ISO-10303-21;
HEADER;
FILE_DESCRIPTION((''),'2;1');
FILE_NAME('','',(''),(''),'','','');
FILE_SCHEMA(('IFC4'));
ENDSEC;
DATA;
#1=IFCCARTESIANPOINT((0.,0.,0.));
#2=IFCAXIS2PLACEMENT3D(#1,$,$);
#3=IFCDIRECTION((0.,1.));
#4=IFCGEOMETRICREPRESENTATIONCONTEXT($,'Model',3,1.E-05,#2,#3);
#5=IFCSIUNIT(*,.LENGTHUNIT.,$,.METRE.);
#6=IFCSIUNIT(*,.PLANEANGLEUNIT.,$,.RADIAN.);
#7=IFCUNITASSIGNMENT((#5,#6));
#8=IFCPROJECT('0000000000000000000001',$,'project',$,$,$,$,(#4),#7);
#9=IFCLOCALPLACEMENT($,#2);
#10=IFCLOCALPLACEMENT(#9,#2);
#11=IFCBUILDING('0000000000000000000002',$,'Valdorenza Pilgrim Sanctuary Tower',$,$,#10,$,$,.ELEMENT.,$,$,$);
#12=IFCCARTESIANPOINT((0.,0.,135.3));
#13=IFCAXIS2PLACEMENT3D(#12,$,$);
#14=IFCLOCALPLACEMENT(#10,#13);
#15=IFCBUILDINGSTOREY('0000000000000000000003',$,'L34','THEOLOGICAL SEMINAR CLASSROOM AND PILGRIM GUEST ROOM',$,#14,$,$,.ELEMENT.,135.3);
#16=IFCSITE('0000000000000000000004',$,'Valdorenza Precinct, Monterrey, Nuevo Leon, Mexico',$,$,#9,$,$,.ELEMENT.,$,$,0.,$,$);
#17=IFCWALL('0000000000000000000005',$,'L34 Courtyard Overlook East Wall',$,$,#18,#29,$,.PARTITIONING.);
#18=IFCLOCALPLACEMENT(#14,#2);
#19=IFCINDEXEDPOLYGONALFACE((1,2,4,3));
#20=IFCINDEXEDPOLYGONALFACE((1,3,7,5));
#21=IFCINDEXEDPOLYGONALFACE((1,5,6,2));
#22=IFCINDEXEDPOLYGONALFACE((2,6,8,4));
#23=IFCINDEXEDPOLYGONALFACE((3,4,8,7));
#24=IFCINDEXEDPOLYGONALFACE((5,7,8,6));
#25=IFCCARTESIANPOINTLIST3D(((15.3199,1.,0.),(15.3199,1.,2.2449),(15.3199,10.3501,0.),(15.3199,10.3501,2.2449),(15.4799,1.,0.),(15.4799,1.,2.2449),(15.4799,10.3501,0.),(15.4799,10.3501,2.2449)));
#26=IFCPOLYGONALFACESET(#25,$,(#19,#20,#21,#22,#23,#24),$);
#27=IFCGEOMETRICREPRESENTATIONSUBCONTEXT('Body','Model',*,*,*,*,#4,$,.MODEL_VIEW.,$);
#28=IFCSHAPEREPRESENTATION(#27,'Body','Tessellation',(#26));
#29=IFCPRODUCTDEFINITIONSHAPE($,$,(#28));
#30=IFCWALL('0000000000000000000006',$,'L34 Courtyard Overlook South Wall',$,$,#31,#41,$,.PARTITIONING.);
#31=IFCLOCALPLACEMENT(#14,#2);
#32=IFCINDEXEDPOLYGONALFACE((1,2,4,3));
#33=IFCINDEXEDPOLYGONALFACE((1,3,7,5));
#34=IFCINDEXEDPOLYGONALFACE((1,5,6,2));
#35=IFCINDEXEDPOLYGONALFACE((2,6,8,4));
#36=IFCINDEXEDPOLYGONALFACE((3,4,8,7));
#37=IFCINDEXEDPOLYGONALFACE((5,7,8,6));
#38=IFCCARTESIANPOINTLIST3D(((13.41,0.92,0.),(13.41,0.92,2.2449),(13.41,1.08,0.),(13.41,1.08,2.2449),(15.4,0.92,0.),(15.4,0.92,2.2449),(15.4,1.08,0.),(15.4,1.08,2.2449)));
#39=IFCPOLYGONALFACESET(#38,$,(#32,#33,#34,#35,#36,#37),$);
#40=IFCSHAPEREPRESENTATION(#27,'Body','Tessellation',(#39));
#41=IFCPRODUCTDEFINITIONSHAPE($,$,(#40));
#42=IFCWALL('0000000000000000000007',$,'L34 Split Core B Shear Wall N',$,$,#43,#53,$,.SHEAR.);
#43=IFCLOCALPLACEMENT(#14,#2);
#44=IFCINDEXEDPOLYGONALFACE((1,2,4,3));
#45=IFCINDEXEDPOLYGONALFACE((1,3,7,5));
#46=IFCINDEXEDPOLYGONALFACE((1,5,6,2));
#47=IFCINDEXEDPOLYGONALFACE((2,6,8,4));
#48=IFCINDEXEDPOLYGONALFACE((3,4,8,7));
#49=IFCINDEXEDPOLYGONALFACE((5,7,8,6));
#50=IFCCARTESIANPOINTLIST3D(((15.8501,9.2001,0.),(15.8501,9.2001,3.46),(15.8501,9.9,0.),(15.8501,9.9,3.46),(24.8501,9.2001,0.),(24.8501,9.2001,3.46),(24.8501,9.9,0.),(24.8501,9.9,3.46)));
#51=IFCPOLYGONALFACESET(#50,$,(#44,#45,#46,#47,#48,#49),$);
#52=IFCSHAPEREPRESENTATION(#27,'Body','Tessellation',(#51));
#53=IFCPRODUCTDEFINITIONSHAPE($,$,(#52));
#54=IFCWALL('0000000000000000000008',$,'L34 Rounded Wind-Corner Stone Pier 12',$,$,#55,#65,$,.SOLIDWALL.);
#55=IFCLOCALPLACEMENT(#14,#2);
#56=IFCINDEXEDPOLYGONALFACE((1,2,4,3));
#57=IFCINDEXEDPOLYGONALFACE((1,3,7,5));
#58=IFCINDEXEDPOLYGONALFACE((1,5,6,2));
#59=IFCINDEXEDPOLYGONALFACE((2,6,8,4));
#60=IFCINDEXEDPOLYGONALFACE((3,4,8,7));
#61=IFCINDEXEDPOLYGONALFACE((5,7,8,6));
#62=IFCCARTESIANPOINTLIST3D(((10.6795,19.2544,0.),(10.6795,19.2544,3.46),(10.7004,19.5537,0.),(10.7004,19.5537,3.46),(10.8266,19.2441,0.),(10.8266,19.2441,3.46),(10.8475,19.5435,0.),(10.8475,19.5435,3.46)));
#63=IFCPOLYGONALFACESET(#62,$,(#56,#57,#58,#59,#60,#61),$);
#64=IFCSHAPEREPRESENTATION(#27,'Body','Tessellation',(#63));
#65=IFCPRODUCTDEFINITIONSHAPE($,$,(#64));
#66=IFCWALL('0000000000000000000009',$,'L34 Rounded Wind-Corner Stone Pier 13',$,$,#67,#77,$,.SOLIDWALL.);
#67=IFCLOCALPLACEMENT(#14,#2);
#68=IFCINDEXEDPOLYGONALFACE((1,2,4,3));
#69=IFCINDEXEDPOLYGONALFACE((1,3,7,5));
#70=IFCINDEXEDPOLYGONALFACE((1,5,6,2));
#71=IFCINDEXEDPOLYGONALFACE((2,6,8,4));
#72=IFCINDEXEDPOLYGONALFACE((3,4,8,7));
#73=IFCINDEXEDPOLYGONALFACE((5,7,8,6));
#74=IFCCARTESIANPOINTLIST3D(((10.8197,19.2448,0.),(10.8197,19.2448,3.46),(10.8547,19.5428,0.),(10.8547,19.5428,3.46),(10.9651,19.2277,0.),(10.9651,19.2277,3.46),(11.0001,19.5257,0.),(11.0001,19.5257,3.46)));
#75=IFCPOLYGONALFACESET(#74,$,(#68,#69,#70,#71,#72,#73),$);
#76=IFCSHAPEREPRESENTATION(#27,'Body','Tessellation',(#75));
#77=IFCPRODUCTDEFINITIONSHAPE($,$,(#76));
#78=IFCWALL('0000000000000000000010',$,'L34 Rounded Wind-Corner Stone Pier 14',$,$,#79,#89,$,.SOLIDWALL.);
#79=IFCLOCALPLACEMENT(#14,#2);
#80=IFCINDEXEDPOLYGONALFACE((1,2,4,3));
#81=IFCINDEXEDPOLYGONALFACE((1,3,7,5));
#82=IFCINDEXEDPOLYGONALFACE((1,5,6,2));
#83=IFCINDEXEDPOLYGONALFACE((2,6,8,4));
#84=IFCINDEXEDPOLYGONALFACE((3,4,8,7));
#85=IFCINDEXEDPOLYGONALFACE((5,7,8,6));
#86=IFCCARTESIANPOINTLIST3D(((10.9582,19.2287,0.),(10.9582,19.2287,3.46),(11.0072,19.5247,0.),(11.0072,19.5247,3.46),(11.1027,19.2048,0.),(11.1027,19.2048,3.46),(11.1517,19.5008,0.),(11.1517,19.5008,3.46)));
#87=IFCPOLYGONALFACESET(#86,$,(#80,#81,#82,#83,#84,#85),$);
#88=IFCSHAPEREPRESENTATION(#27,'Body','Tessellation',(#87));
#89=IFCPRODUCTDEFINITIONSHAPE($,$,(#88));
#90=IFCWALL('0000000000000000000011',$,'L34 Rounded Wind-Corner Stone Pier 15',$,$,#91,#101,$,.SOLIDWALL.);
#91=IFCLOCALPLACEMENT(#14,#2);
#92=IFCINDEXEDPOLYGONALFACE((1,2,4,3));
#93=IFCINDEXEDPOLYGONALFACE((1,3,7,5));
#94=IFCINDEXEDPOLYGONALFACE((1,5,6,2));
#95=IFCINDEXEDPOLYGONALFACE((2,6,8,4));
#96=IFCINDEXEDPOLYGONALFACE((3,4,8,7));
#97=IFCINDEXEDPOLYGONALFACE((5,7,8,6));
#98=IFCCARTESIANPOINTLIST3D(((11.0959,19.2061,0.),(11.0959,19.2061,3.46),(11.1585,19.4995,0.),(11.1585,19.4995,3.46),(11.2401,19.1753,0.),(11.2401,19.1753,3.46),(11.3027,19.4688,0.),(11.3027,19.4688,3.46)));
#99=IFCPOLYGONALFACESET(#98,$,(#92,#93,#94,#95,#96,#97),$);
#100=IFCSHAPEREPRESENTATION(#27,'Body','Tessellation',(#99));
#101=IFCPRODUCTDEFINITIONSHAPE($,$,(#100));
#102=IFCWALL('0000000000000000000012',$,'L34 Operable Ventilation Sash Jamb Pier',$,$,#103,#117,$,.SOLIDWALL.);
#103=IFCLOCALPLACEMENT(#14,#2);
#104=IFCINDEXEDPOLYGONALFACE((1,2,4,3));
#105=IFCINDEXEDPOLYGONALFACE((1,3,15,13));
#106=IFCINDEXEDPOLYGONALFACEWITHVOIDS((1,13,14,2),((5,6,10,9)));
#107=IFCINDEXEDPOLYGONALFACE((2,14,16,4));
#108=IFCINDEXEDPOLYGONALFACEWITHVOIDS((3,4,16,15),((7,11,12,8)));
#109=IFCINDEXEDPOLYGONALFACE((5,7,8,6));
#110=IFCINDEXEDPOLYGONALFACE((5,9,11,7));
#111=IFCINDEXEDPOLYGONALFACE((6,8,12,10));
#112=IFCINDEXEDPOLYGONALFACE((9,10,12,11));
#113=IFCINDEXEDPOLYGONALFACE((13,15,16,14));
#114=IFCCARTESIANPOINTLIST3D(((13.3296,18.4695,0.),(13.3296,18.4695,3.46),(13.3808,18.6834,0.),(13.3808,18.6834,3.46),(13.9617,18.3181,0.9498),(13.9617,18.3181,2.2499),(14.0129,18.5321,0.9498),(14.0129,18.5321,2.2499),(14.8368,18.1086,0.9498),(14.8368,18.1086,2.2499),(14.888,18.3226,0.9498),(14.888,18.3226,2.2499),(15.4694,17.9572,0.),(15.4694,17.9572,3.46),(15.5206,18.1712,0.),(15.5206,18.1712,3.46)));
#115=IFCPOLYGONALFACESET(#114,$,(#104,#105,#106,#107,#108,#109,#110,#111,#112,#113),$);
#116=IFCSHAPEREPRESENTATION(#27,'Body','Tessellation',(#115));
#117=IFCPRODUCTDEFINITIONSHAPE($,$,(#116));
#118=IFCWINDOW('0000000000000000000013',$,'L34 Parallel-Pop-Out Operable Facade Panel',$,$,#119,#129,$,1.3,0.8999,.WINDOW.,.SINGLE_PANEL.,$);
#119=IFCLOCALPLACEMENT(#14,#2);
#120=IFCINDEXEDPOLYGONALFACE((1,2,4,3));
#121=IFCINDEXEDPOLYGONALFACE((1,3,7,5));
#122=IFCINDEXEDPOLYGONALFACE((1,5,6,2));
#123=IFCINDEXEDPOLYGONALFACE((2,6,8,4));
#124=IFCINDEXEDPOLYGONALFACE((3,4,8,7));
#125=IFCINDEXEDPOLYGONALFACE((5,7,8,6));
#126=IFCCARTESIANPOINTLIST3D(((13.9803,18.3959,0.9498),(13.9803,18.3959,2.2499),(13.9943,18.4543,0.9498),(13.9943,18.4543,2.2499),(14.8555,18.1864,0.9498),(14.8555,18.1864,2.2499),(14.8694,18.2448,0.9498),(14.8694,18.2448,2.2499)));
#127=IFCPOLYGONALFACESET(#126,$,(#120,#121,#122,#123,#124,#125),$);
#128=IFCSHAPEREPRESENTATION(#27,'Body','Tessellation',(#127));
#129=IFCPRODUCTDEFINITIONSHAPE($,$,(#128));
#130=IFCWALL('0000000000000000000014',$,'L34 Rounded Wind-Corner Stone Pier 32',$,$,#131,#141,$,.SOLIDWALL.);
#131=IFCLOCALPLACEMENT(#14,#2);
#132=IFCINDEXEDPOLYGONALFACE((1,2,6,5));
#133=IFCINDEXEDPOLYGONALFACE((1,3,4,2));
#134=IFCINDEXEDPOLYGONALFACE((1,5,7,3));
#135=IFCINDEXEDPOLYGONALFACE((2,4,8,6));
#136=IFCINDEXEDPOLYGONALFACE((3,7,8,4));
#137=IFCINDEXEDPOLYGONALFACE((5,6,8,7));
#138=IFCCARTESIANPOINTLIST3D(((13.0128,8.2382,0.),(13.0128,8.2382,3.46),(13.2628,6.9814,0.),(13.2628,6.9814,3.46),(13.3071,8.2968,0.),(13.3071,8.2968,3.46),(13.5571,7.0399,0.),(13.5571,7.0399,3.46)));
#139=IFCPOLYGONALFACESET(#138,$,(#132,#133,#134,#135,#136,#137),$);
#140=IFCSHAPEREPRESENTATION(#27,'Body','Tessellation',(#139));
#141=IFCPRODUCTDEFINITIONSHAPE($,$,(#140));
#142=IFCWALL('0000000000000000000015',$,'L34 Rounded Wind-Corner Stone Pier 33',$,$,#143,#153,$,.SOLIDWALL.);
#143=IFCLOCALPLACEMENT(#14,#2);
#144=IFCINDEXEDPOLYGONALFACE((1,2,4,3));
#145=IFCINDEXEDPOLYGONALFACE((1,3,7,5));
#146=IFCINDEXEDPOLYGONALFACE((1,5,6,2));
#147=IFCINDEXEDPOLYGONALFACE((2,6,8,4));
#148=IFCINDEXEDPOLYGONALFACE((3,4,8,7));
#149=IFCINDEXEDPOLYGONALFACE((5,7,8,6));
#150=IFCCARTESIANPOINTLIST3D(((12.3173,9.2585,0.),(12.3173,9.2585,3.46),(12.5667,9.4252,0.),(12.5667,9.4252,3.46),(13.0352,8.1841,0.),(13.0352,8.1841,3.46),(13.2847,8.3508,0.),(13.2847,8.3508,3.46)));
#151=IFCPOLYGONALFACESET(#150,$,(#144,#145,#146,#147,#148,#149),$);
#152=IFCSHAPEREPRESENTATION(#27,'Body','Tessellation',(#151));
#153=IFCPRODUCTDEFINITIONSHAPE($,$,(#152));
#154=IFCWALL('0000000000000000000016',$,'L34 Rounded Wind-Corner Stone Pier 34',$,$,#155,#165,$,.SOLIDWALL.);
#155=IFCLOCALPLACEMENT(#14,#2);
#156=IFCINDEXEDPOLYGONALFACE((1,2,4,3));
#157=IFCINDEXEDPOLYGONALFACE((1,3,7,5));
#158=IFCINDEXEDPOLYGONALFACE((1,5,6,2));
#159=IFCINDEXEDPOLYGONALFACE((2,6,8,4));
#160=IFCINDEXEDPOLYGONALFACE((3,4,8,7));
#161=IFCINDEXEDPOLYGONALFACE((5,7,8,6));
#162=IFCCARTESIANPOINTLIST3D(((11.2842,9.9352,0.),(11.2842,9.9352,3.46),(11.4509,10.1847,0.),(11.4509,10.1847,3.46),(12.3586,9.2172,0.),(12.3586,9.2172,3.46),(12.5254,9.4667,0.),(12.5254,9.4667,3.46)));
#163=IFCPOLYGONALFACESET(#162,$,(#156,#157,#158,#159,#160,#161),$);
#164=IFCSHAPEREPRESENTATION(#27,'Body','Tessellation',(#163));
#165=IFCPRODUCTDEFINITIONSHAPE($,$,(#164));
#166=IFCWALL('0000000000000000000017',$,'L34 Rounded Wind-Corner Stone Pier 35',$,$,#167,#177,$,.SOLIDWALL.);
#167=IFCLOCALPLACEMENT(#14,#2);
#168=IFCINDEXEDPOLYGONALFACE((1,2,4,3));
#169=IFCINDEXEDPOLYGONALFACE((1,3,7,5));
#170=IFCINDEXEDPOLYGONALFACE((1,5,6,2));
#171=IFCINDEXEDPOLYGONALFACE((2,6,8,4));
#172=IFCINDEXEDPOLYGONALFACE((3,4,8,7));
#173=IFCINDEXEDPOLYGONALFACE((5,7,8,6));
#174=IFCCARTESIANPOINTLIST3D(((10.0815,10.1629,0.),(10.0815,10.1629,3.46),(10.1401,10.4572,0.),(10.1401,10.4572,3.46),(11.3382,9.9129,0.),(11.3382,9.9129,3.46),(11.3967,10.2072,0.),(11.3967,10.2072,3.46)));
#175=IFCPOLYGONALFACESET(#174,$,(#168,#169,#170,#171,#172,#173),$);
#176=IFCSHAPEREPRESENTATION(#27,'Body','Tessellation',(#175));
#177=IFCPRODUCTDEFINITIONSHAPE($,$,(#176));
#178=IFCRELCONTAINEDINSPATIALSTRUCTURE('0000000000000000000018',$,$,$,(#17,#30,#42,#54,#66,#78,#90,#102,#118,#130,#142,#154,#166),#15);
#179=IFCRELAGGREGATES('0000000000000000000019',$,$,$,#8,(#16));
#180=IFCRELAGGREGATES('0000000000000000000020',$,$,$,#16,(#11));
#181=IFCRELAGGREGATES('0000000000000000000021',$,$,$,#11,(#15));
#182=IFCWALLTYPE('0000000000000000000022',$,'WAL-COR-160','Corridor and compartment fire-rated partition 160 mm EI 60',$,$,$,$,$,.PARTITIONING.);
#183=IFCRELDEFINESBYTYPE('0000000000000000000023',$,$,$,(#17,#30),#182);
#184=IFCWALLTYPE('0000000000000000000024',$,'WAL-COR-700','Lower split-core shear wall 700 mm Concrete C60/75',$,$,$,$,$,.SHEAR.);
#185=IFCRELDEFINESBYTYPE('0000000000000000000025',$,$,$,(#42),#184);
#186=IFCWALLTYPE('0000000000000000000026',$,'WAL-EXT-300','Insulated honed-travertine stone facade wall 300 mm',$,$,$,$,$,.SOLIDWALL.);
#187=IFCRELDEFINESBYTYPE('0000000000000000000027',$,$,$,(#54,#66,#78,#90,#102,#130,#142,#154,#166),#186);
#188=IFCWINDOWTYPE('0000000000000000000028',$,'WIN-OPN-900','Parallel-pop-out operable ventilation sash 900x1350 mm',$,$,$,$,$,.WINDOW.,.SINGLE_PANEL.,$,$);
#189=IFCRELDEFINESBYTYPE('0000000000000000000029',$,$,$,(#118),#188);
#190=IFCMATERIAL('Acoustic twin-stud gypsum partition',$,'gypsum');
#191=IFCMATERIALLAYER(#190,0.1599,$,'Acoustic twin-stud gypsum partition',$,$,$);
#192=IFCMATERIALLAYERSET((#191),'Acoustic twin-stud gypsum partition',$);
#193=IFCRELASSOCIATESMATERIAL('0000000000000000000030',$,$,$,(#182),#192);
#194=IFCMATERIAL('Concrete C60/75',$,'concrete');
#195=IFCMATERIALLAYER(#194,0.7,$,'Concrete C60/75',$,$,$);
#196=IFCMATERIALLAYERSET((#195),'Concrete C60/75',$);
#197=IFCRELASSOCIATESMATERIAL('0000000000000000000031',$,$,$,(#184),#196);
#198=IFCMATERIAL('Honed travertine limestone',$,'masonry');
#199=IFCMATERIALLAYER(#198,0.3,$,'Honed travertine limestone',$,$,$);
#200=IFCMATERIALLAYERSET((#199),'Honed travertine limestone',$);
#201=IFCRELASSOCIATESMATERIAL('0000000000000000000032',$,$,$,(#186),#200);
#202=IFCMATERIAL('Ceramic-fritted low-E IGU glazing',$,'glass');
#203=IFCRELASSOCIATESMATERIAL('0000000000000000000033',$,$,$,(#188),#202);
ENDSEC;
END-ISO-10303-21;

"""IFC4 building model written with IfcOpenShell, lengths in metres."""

from ifc_helpers import new_model, si_unit, direction, frame, frame_2d, origin, place, context, subcontext, project, spatial, rectangle, extrude, material, layer, layer_set, type_object, element, fill, save


model = new_model("IFC4")

# Units and contexts
model_context = context("Model", 3, precision=1e-05, world=origin(), true_north=direction((0.0, 1.0)))
body_context = subcontext(model_context, "Body", "Model", "MODEL_VIEW")
ifc_project = project(units=[si_unit("LENGTHUNIT", "METRE"), si_unit("PLANEANGLEUNIT", "RADIAN")], contexts=[model_context])

# Site, building, storey
site_placement = place(None, origin())
site = spatial("IfcSite", under=ifc_project, at=site_placement, Name="Valdorenza Precinct, Monterrey, Nuevo Leon, Mexico", CompositionType="ELEMENT", RefElevation=0.0)
building_placement = place(site_placement, origin())
building = spatial("IfcBuilding", under=site, at=building_placement, Name="Valdorenza Pilgrim Sanctuary Tower", CompositionType="ELEMENT")
storey_placement = place(building_placement, frame((0.0, 0.0, 135.3)))
storey = spatial("IfcBuildingStorey", under=building, at=storey_placement, Name="L34", Description="THEOLOGICAL SEMINAR CLASSROOM AND PILGRIM GUEST ROOM", CompositionType="ELEMENT", Elevation=135.3)

# Shared definitions
ifc_material_1 = material(Name="Honed travertine limestone", Category="masonry")
ifc_material_2 = material(Name="Ceramic-fritted low-E IGU glazing", Category="glass")

# Shared definitions
ifc_material_3 = material(Name="Acoustic twin-stud gypsum partition", Category="gypsum")
ifc_layer_1 = layer(ifc_material_3, 0.1599, Name="Acoustic twin-stud gypsum partition")
ifc_layer_set_1 = layer_set([ifc_layer_1], Name="Acoustic twin-stud gypsum partition")
wall_type_1 = type_object("IfcWallType", Name="WAL-COR-160", Description="Corridor and compartment fire-rated partition 160 mm EI 60", PredefinedType="PARTITIONING", material=ifc_layer_set_1)

# Walls
wall_1_placement = place(storey_placement, frame((15.3999, 1.0, 0.0), z_axis=(0.0, 0.0, 1.0), x_axis=(0.0, 1.0, 0.0)))
element("IfcWall", 1, at=wall_1_placement, inside=storey, type_object=wall_type_1, Name="L34 Courtyard Overlook East Wall", PredefinedType="PARTITIONING", context=body_context, shape_type="SweptSolid", body=[
    extrude(rectangle(XDim=9.3501, YDim=0.1599, at=frame_2d((4.675, 0.0))), origin(), (0.0, 0.0, 1.0), 2.2449),
])
wall_2_placement = place(storey_placement, frame((13.4099, 1.0, 0.0), z_axis=(0.0, 0.0, 1.0), x_axis=(1.0, 0.0, 0.0)))
element("IfcWall", 2, at=wall_2_placement, inside=storey, type_object=wall_type_1, Name="L34 Courtyard Overlook South Wall", PredefinedType="PARTITIONING", context=body_context, shape_type="SweptSolid", body=[
    extrude(rectangle(XDim=1.99, YDim=0.1599, at=frame_2d((0.9951, 0.0))), origin(), (0.0, 0.0, 1.0), 2.2449),
])
ifc_material_4 = material(Name="Concrete C60/75", Category="concrete")
ifc_layer_2 = layer(ifc_material_4, 0.7, Name="Concrete C60/75")
ifc_layer_set_2 = layer_set([ifc_layer_2], Name="Concrete C60/75")
wall_type_2 = type_object("IfcWallType", Name="WAL-COR-700", Description="Lower split-core shear wall 700 mm Concrete C60/75", PredefinedType="SHEAR", material=ifc_layer_set_2)
wall_3_placement = place(storey_placement, frame((15.8501, 9.55, 0.0), z_axis=(0.0, 0.0, 1.0), x_axis=(1.0, 0.0, 0.0)))
element("IfcWall", 3, at=wall_3_placement, inside=storey, type_object=wall_type_2, Name="L34 Split Core B Shear Wall N", PredefinedType="SHEAR", context=body_context, shape_type="SweptSolid", body=[
    extrude(rectangle(XDim=9.0, YDim=0.7, at=frame_2d((4.5, 0.0))), origin(), (0.0, 0.0, 1.0), 3.46),
])
ifc_layer_3 = layer(ifc_material_1, 0.3, Name="Honed travertine limestone")
ifc_layer_set_3 = layer_set([ifc_layer_3], Name="Honed travertine limestone")
wall_type_3 = type_object("IfcWallType", Name="WAL-EXT-300", Description="Insulated honed-travertine stone facade wall 300 mm", PredefinedType="SOLIDWALL", material=ifc_layer_set_3)
wall_4_placement = place(storey_placement, frame((10.6899, 19.4041, 0.0), z_axis=(0.0, 0.0, 1.0), x_axis=(0.997583, -0.069483, 0.0)))
element("IfcWall", 4, at=wall_4_placement, inside=storey, type_object=wall_type_3, Name="L34 Rounded Wind-Corner Stone Pier 12", PredefinedType="SOLIDWALL", context=body_context, shape_type="SweptSolid", body=[
    extrude(rectangle(XDim=0.1475, YDim=0.3, at=frame_2d((0.0737, 0.0))), origin(), (0.0, 0.0, 1.0), 3.46),
])
for number, where, z_axis, x_axis, name in (
    (5, (10.8372, 19.3938, 0.0), (0.0, 0.0, 1.0), (0.993173, -0.116648, 0.0), "L34 Rounded Wind-Corner Stone Pier 13"),
    (6, (10.9827, 19.3767, 0.0), (0.0, 0.0, 1.0), (0.986573, -0.163318, 0.0), "L34 Rounded Wind-Corner Stone Pier 14"),
):
    element("IfcWall", number, at=place(storey_placement, frame(where, z_axis=z_axis, x_axis=x_axis)), inside=storey, type_object=wall_type_3, Name=name, PredefinedType="SOLIDWALL", context=body_context, shape_type="SweptSolid", body=[
        extrude(rectangle(XDim=0.1465, YDim=0.3, at=frame_2d((0.0732, 0.0))), origin(), (0.0, 0.0, 1.0), 3.46),
    ])
wall_5_placement = place(storey_placement, frame((11.1272, 19.3528, 0.0), z_axis=(0.0, 0.0, 1.0), x_axis=(0.97802, -0.208512, 0.0)))
element("IfcWall", 7, at=wall_5_placement, inside=storey, type_object=wall_type_3, Name="L34 Rounded Wind-Corner Stone Pier 15", PredefinedType="SOLIDWALL", context=body_context, shape_type="SweptSolid", body=[
    extrude(rectangle(XDim=0.1475, YDim=0.3, at=frame_2d((0.0737, 0.0))), origin(), (0.0, 0.0, 1.0), 3.46),
])

# Wall, opening, window
wall_6_placement = place(storey_placement, frame((13.3552, 18.5764, 0.0), z_axis=(0.0, 0.0, 1.0), x_axis=(0.972522, -0.232811, 0.0)))
wall_6 = element("IfcWall", 8, at=wall_6_placement, inside=storey, type_object=wall_type_3, Name="L34 Operable Ventilation Sash Jamb Pier", PredefinedType="SOLIDWALL", context=body_context, shape_type="SweptSolid", body=[
    extrude(rectangle(XDim=2.2002, YDim=0.22, at=frame_2d((1.1001, 0.0))), origin(), (0.0, 0.0, 1.0), 3.46),
])
opening_1_placement = place(wall_6_placement, frame((0.6499, 0.0, 0.95)))
opening_1 = element("IfcOpeningElement", 9, at=opening_1_placement, cuts=wall_6, PredefinedType="OPENING", context=body_context, shape_type="SweptSolid", body=[
    extrude(rectangle(XDim=0.8999, YDim=1.3, at=frame_2d((0.45, 0.6499))), frame((0.0, 0.125, 0.0), z_axis=(0.0, -1.0, 0.0), x_axis=(1.0, 0.0, 0.0)), (0.0, 0.0, 1.0), 0.2498),
])
window_type = type_object("IfcWindowType", Name="WIN-OPN-900", Description="Parallel-pop-out operable ventilation sash 900x1350 mm", PartitioningType="SINGLE_PANEL", PredefinedType="WINDOW", material=ifc_material_2)
window_placement = place(opening_1_placement, origin())
window = element("IfcWindow", 10, at=window_placement, inside=storey, type_object=window_type, Name="L34 Parallel-Pop-Out Operable Facade Panel", OverallHeight=1.3, OverallWidth=0.8999, PartitioningType="SINGLE_PANEL", PredefinedType="WINDOW", context=body_context, shape_type="SweptSolid", body=[
    extrude(rectangle(XDim=0.8999, YDim=1.3, at=frame_2d((0.45, 0.6499))), frame((0.0, 0.03, 0.0), z_axis=(0.0, -1.0, 0.0), x_axis=(1.0, 0.0, 0.0)), (0.0, 0.0, 1.0), 0.0601),
])
fill(opening_1, window)

# Walls
wall_7_placement = place(storey_placement, frame((13.4099, 7.0107, 0.0), z_axis=(0.0, 0.0, 1.0), x_axis=(-0.19509, 0.980785, 0.0)))
element("IfcWall", 11, at=wall_7_placement, inside=storey, type_object=wall_type_3, Name="L34 Rounded Wind-Corner Stone Pier 32", PredefinedType="SOLIDWALL", context=body_context, shape_type="SweptSolid", body=[
    extrude(rectangle(XDim=1.2815, YDim=0.3, at=frame_2d((0.6406, 0.0))), origin(), (0.0, 0.0, 1.0), 3.46),
])
for number, where, z_axis, x_axis, name in (
    (12, (13.1599, 8.2676, 0.0), (0.0, 0.0, 1.0), (-0.555615, 0.831439, 0.0), "L34 Rounded Wind-Corner Stone Pier 33"),
    (13, (12.4419, 9.342, 0.0), (0.0, 0.0, 1.0), (-0.831439, 0.555615, 0.0), "L34 Rounded Wind-Corner Stone Pier 34"),
):
    element("IfcWall", number, at=place(storey_placement, frame(where, z_axis=z_axis, x_axis=x_axis)), inside=storey, type_object=wall_type_3, Name=name, PredefinedType="SOLIDWALL", context=body_context, shape_type="SweptSolid", body=[
        extrude(rectangle(XDim=1.2922, YDim=0.3, at=frame_2d((0.646, 0.0))), origin(), (0.0, 0.0, 1.0), 3.46),
    ])
wall_8_placement = place(storey_placement, frame((11.3674, 10.0601, 0.0), z_axis=(0.0, 0.0, 1.0), x_axis=(-0.980778, 0.195127, 0.0)))
element("IfcWall", 14, at=wall_8_placement, inside=storey, type_object=wall_type_3, Name="L34 Rounded Wind-Corner Stone Pier 35", PredefinedType="SOLIDWALL", context=body_context, shape_type="SweptSolid", body=[
    extrude(rectangle(XDim=1.2812, YDim=0.3, at=frame_2d((0.6406, 0.0))), origin(), (0.0, 0.0, 1.0), 3.46),
])

save(model, "model.ifc")
